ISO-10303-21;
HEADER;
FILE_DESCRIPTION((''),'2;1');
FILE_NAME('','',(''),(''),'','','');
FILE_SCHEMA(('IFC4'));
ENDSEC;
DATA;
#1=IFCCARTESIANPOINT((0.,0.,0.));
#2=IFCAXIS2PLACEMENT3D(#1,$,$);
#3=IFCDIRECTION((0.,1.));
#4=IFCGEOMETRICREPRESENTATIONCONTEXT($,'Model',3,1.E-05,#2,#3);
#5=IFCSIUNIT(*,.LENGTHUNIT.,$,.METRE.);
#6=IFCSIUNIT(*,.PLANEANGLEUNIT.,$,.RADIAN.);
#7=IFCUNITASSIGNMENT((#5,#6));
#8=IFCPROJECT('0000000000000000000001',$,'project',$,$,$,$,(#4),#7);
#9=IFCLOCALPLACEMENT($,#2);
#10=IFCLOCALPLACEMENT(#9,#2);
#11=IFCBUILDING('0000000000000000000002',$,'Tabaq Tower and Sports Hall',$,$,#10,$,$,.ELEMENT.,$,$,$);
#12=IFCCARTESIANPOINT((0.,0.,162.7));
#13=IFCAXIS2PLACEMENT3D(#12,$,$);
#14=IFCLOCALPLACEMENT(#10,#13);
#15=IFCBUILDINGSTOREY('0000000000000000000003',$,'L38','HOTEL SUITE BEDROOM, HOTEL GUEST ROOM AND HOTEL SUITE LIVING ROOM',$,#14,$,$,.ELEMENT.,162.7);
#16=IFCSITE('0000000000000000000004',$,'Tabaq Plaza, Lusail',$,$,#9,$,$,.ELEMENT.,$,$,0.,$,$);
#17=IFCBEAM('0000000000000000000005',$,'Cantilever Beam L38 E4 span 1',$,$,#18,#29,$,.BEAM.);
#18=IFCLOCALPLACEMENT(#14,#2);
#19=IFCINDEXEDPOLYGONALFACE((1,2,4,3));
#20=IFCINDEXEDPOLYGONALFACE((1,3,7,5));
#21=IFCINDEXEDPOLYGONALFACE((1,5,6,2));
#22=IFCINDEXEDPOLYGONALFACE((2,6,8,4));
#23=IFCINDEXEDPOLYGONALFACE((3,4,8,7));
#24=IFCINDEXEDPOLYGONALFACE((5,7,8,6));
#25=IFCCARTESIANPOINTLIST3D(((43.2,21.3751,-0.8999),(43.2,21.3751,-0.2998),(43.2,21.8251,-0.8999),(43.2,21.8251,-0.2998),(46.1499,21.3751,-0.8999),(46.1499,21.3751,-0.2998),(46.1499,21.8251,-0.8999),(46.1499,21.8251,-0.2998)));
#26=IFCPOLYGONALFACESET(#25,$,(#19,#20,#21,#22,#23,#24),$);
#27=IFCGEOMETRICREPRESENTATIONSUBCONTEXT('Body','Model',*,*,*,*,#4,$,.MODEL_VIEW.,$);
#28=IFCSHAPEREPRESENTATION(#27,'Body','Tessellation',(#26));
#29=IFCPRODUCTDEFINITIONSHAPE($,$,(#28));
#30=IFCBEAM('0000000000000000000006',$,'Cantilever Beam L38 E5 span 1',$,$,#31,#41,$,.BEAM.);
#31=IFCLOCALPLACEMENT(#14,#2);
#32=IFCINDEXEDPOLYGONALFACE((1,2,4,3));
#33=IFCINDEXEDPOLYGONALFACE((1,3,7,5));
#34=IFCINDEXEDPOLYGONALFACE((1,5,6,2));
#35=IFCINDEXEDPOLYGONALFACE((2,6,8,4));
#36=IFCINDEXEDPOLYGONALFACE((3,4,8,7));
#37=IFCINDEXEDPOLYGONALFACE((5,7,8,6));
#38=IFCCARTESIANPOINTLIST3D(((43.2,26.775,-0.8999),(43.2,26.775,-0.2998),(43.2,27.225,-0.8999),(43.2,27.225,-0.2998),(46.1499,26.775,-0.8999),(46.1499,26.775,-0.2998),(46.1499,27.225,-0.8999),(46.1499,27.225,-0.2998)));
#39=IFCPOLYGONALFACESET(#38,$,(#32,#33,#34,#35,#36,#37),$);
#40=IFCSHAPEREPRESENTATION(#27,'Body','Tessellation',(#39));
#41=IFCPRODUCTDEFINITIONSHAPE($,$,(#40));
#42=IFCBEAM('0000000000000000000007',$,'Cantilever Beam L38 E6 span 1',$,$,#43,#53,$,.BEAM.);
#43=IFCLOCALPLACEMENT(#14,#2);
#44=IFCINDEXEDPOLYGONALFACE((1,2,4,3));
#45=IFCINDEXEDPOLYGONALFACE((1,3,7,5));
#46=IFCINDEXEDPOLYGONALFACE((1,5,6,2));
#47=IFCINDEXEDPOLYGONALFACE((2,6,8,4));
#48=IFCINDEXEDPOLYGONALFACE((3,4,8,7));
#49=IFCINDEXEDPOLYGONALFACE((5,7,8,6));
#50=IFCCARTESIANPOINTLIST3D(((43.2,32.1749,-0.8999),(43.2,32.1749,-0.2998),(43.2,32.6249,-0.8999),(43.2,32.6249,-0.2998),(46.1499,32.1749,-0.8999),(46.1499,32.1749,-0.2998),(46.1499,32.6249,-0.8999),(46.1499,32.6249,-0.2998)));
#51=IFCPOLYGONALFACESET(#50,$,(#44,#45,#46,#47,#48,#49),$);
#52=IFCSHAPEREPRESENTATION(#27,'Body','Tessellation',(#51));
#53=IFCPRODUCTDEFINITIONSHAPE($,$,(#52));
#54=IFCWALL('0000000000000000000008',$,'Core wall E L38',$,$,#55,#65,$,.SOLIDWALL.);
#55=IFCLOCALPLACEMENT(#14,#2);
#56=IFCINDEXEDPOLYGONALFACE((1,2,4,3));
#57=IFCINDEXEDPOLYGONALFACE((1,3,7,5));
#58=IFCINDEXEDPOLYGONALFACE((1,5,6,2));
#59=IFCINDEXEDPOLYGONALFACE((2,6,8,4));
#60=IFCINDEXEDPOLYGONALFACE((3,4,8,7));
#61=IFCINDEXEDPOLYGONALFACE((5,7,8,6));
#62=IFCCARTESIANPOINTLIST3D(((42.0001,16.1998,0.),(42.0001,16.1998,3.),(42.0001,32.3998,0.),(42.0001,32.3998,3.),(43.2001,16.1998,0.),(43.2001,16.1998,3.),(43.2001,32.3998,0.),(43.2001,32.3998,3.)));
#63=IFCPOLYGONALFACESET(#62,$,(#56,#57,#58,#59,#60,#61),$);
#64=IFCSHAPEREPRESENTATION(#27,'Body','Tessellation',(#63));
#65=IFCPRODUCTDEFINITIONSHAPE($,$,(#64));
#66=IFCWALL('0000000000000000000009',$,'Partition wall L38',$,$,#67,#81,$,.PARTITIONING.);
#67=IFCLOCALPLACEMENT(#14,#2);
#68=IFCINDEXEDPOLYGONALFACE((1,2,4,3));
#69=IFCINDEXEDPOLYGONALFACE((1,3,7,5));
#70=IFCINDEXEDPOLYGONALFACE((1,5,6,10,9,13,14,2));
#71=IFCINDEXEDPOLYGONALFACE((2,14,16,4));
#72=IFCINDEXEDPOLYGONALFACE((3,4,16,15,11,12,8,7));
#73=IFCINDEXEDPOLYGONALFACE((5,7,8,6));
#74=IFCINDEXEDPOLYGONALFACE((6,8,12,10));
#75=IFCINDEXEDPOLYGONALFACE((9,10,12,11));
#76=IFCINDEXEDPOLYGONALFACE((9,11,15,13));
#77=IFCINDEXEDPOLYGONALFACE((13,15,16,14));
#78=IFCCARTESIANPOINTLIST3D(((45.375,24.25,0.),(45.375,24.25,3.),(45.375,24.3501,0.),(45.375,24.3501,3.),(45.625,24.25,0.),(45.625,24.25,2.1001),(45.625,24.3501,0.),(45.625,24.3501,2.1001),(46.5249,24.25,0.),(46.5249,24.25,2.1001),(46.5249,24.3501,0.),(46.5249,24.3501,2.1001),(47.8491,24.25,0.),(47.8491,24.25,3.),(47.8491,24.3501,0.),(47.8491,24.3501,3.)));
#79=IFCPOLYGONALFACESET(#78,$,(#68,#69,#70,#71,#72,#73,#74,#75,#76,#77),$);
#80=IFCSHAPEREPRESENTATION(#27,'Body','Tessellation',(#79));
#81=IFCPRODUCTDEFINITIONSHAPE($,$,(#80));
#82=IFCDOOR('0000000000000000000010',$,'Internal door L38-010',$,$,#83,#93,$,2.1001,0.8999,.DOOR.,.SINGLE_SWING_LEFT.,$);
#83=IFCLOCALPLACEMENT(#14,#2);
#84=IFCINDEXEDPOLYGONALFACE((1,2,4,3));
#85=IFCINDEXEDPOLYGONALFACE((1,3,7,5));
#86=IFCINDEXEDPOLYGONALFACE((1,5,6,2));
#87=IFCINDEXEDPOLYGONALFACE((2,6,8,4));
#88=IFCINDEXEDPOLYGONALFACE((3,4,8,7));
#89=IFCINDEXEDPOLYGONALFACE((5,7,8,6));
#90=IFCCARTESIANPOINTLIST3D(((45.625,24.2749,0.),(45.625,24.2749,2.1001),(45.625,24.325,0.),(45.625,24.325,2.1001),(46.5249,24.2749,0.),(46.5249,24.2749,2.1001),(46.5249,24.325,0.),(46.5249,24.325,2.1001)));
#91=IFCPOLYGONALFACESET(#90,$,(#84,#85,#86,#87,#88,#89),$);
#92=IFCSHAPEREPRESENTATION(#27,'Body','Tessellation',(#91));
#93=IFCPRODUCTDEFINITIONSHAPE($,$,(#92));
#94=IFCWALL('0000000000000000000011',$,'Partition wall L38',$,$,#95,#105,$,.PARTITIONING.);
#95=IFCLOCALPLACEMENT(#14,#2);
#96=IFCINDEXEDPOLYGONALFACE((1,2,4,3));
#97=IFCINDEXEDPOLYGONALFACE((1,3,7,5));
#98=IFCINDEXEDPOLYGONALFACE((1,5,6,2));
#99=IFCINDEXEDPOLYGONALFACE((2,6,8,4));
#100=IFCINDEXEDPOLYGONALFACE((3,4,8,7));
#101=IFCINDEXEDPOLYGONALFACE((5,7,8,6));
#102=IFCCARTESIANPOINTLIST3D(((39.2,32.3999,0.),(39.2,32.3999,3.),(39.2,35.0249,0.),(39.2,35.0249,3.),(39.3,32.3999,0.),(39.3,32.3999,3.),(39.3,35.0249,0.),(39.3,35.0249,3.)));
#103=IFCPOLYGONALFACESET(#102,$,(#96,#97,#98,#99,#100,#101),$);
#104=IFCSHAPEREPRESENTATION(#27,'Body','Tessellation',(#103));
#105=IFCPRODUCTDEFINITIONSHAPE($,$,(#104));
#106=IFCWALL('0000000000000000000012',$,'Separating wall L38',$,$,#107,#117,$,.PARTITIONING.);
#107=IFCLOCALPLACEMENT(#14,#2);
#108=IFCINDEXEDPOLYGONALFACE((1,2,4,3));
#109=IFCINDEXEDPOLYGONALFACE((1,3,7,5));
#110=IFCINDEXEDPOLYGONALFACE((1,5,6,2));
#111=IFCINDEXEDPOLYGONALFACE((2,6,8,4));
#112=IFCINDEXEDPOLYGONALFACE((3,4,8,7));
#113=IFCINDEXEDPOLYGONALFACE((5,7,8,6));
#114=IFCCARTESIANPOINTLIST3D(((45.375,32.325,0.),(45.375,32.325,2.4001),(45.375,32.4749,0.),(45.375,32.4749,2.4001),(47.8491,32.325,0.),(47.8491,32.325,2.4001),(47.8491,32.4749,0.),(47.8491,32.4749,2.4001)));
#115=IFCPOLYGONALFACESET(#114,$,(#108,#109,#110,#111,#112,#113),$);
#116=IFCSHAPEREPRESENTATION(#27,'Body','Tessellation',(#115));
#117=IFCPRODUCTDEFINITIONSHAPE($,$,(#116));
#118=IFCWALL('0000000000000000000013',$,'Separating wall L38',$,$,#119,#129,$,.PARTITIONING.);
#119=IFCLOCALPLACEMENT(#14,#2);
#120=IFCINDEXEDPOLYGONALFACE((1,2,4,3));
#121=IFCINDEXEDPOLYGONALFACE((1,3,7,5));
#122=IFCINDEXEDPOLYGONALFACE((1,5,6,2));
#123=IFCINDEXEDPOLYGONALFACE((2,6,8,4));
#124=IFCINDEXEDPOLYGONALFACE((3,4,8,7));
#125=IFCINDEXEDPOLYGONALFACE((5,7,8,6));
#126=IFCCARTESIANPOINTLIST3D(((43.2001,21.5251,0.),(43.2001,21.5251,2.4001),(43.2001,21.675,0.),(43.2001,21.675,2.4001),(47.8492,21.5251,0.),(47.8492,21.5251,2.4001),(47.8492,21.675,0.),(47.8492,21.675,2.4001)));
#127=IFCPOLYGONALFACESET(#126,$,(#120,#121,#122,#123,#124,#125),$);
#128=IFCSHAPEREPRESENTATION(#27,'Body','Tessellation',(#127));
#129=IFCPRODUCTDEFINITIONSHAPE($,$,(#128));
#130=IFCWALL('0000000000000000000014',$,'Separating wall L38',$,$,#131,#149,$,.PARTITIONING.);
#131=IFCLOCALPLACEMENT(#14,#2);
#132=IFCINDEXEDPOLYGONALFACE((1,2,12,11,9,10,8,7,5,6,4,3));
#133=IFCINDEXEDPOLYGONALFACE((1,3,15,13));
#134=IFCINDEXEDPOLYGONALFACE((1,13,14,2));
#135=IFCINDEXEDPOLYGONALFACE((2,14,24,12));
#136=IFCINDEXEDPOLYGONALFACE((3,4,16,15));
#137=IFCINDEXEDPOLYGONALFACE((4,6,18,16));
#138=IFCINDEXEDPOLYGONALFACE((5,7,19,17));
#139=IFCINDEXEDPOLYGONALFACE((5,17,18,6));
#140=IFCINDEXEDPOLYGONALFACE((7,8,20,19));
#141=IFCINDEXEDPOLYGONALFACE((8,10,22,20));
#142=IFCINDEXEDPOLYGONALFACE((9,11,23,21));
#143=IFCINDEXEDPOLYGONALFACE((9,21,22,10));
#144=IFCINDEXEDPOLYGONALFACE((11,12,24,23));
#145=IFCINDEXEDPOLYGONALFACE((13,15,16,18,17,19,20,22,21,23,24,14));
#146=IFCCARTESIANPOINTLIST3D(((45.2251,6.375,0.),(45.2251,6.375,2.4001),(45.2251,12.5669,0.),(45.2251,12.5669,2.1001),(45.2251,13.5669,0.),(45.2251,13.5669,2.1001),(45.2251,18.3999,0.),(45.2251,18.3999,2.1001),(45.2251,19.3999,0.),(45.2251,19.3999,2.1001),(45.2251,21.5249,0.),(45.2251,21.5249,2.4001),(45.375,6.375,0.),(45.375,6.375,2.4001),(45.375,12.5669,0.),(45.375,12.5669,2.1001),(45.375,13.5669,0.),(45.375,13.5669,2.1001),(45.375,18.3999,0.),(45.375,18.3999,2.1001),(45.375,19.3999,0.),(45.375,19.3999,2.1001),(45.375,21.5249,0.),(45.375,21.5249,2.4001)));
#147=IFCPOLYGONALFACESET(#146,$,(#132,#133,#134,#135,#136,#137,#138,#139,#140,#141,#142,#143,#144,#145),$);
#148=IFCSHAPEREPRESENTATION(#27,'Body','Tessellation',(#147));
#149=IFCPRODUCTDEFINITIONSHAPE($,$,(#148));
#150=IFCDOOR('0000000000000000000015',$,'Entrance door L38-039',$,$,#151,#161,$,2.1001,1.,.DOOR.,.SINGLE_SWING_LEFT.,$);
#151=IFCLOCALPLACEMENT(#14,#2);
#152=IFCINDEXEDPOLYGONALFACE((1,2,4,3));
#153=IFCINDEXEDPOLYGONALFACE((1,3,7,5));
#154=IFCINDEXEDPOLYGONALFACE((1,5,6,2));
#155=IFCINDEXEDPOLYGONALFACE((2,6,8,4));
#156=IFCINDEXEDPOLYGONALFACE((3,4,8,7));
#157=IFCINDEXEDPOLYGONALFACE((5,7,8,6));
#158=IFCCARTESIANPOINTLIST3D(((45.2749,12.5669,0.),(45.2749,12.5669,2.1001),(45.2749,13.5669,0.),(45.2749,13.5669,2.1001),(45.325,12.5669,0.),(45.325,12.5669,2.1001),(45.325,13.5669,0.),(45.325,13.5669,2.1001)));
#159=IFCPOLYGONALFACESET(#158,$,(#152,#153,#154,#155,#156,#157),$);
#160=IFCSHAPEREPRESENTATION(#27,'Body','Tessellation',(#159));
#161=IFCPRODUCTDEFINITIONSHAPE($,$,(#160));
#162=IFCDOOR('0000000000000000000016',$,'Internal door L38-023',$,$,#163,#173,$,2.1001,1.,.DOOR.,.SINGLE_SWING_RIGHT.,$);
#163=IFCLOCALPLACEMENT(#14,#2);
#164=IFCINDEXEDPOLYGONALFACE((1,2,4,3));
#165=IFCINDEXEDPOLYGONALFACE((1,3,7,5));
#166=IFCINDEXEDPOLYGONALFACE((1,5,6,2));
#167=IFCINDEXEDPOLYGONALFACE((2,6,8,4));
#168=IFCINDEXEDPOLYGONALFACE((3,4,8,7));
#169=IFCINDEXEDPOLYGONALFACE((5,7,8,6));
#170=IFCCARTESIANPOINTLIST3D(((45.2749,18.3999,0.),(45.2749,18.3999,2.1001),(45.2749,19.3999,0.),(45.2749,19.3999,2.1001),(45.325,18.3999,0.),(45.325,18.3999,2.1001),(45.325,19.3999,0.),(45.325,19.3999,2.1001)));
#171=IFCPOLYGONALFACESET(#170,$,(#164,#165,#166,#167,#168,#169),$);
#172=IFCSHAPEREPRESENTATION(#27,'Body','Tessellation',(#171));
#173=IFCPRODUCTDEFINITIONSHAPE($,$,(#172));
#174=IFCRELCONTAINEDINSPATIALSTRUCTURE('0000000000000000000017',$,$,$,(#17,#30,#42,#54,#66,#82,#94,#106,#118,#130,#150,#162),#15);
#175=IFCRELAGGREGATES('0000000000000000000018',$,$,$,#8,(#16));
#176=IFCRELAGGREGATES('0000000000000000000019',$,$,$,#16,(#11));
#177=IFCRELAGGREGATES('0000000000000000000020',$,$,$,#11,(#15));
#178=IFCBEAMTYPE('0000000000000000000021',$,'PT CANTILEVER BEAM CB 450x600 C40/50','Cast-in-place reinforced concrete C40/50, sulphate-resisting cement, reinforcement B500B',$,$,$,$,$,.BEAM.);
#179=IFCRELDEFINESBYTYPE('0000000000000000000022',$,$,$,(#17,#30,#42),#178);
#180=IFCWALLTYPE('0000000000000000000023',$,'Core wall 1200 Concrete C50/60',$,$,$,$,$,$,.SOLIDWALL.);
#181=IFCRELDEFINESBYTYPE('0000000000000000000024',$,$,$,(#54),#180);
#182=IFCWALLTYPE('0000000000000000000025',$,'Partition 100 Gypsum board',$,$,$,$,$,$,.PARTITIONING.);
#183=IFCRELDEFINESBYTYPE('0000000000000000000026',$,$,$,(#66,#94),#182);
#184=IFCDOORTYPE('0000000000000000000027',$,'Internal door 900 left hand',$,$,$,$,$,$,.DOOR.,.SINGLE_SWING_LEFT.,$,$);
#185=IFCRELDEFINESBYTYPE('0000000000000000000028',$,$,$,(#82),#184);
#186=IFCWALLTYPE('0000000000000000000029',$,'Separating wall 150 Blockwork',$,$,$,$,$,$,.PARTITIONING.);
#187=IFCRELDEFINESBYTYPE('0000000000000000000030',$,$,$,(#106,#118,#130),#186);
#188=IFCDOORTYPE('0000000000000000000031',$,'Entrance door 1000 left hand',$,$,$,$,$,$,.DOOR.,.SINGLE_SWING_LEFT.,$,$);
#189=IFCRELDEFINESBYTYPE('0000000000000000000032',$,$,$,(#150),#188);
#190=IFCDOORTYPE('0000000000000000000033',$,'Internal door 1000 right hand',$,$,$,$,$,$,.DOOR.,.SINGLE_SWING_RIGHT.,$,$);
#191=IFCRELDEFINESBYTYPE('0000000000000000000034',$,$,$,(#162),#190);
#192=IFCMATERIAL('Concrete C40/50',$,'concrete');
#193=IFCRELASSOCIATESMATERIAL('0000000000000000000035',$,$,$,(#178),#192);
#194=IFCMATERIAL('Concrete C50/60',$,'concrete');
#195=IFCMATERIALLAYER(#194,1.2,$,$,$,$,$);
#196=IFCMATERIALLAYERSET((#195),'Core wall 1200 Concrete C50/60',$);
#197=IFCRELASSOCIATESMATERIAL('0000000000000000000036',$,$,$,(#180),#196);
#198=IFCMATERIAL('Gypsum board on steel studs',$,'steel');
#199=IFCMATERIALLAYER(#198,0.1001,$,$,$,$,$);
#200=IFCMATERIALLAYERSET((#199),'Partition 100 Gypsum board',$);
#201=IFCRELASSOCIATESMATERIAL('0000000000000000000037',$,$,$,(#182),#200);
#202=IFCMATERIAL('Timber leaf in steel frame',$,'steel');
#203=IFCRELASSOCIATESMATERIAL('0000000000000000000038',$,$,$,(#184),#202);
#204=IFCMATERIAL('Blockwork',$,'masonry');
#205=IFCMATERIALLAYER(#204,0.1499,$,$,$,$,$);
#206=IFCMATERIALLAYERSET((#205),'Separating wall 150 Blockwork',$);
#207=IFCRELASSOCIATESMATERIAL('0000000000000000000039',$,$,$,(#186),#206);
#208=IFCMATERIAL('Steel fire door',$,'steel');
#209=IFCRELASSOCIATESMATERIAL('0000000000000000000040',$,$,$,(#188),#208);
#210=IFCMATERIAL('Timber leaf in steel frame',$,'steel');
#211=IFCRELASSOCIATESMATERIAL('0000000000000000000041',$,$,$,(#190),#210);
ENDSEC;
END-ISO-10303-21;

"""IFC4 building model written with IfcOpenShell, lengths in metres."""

from ifc_helpers import new_model, si_unit, direction, frame, frame_2d, origin, origin_2d, place, context, subcontext, project, spatial, rectangle, extrude, material, layer, layer_set, material_profile, profile_set, type_object, element, fill, save


model = new_model("IFC4")

# Units and contexts
model_context = context("Model", 3, precision=1e-05, world=origin(), true_north=direction((0.0, 1.0)))
body_context = subcontext(model_context, "Body", "Model", "MODEL_VIEW")
ifc_project = project(units=[si_unit("LENGTHUNIT", "METRE"), si_unit("PLANEANGLEUNIT", "RADIAN")], contexts=[model_context])

# Site, building, storey
site_placement = place(None, origin())
site = spatial("IfcSite", under=ifc_project, at=site_placement, Name="Tabaq Plaza, Lusail", CompositionType="ELEMENT", RefElevation=0.0)
building_placement = place(site_placement, origin())
building = spatial("IfcBuilding", under=site, at=building_placement, Name="Tabaq Tower and Sports Hall", CompositionType="ELEMENT")
storey_placement = place(building_placement, frame((0.0, 0.0, 162.7)))
storey = spatial("IfcBuildingStorey", under=building, at=storey_placement, Name="L38", Description="HOTEL SUITE BEDROOM, HOTEL GUEST ROOM AND HOTEL SUITE LIVING ROOM", CompositionType="ELEMENT", Elevation=162.7)

# Beams
ifc_material_1 = material(Name="Concrete C40/50", Category="concrete")
ifc_material_profile = material_profile(ifc_material_1, rectangle(XDim=0.45, YDim=0.6001, at=origin_2d()), Name="CB 450x600")
ifc_profile_set = profile_set([ifc_material_profile], Name="Concrete C40/50")
beam_type = type_object("IfcBeamType", Name="PT CANTILEVER BEAM CB 450x600 C40/50", Description="Cast-in-place reinforced concrete C40/50, sulphate-resisting cement, reinforcement B500B", PredefinedType="BEAM", material=ifc_profile_set)
for number, where, z_axis, x_axis, name in (
    (1, (46.1499, 21.6001, -0.5999), (-1.0, 0.0, 0.0), (0.0, -1.0, 0.0), "Cantilever Beam L38 E4 span 1"),
    (2, (46.1499, 27.0, -0.5999), (-1.0, 0.0, 0.0), (0.0, -1.0, 0.0), "Cantilever Beam L38 E5 span 1"),
    (3, (46.1499, 32.3999, -0.5999), (-1.0, 0.0, 0.0), (0.0, -1.0, 0.0), "Cantilever Beam L38 E6 span 1"),
):
    element("IfcBeam", number, at=place(storey_placement, frame(where, z_axis=z_axis, x_axis=x_axis)), inside=storey, type_object=beam_type, Name=name, PredefinedType="BEAM", context=body_context, shape_type="SweptSolid", body=[
        extrude(rectangle(XDim=0.45, YDim=0.6001, at=origin_2d()), origin(), (0.0, 0.0, 1.0), 2.95),
    ])

# Wall
ifc_material_2 = material(Name="Concrete C50/60", Category="concrete")
ifc_layer_1 = layer(ifc_material_2, 1.2)
ifc_layer_set_1 = layer_set([ifc_layer_1], Name="Core wall 1200 Concrete C50/60")
wall_type_1 = type_object("IfcWallType", Name="Core wall 1200 Concrete C50/60", PredefinedType="SOLIDWALL", material=ifc_layer_set_1)
wall_1_placement = place(storey_placement, frame((42.6001, 32.3999, 0.0), z_axis=(0.0, 0.0, 1.0), x_axis=(0.0, -1.0, 0.0)))
element("IfcWall", 4, at=wall_1_placement, inside=storey, type_object=wall_type_1, Name="Core wall E L38", PredefinedType="SOLIDWALL", context=body_context, shape_type="SweptSolid", body=[
    extrude(rectangle(XDim=16.2, YDim=1.2, at=frame_2d((8.1001, 0.0))), origin(), (0.0, 0.0, 1.0), 3.0),
])

# Wall, opening, door
ifc_material_3 = material(Name="Gypsum board on steel studs", Category="steel")
ifc_layer_2 = layer(ifc_material_3, 0.1001)
ifc_layer_set_2 = layer_set([ifc_layer_2], Name="Partition 100 Gypsum board")
wall_type_2 = type_object("IfcWallType", Name="Partition 100 Gypsum board", PredefinedType="PARTITIONING", material=ifc_layer_set_2)
wall_2_placement = place(storey_placement, frame((45.375, 24.3, 0.0), z_axis=(0.0, 0.0, 1.0), x_axis=(1.0, 0.0, 0.0)))
wall_2 = element("IfcWall", 5, at=wall_2_placement, inside=storey, type_object=wall_type_2, Name="Partition wall L38", PredefinedType="PARTITIONING", context=body_context, shape_type="SweptSolid", body=[
    extrude(rectangle(XDim=2.4741, YDim=0.1001, at=frame_2d((1.2371, 0.0))), origin(), (0.0, 0.0, 1.0), 3.0),
])
opening_1_placement = place(wall_2_placement, frame((0.25, 0.0, 0.0)))
opening_1 = element("IfcOpeningElement", 6, at=opening_1_placement, cuts=wall_2, PredefinedType="OPENING", context=body_context, shape_type="SweptSolid", body=[
    extrude(rectangle(XDim=0.8999, YDim=2.1001, at=frame_2d((0.45, 1.05))), frame((0.0, 0.05, 0.0), z_axis=(0.0, -1.0, 0.0), x_axis=(1.0, 0.0, 0.0)), (0.0, 0.0, 1.0), 0.1001),
])
ifc_material_4 = material(Name="Timber leaf in steel frame", Category="steel")
door_type_1 = type_object("IfcDoorType", Name="Internal door 900 left hand", OperationType="SINGLE_SWING_LEFT", PredefinedType="DOOR", material=ifc_material_4)
door_1_placement = place(opening_1_placement, origin())
door_1 = element("IfcDoor", 7, at=door_1_placement, inside=storey, type_object=door_type_1, Name="Internal door L38-010", OperationType="SINGLE_SWING_LEFT", OverallHeight=2.1001, OverallWidth=0.8999, PredefinedType="DOOR", context=body_context, shape_type="SweptSolid", body=[
    extrude(rectangle(XDim=0.8999, YDim=2.1001, at=frame_2d((0.45, 1.05))), frame((0.0, 0.0249, 0.0), z_axis=(0.0, -1.0, 0.0), x_axis=(1.0, 0.0, 0.0)), (0.0, 0.0, 1.0), 0.05),
])
fill(opening_1, door_1)

# Walls
wall_3_placement = place(storey_placement, frame((39.25, 32.3999, 0.0), z_axis=(0.0, 0.0, 1.0), x_axis=(0.0, 1.0, 0.0)))
element("IfcWall", 8, at=wall_3_placement, inside=storey, type_object=wall_type_2, Name="Partition wall L38", PredefinedType="PARTITIONING", context=body_context, shape_type="SweptSolid", body=[
    extrude(rectangle(XDim=2.625, YDim=0.1001, at=frame_2d((1.3125, 0.0))), origin(), (0.0, 0.0, 1.0), 3.0),
])
ifc_material_5 = material(Name="Blockwork", Category="masonry")
ifc_layer_3 = layer(ifc_material_5, 0.1499)
ifc_layer_set_3 = layer_set([ifc_layer_3], Name="Separating wall 150 Blockwork")
wall_type_3 = type_object("IfcWallType", Name="Separating wall 150 Blockwork", PredefinedType="PARTITIONING", material=ifc_layer_set_3)
wall_4_placement = place(storey_placement, frame((45.375, 32.3999, 0.0), z_axis=(0.0, 0.0, 1.0), x_axis=(1.0, 0.0, 0.0)))
element("IfcWall", 9, at=wall_4_placement, inside=storey, type_object=wall_type_3, Name="Separating wall L38", PredefinedType="PARTITIONING", context=body_context, shape_type="SweptSolid", body=[
    extrude(rectangle(XDim=2.4741, YDim=0.1499, at=frame_2d((1.2371, 0.0))), origin(), (0.0, 0.0, 1.0), 2.4001),
])
wall_5_placement = place(storey_placement, frame((43.2, 21.6001, 0.0), z_axis=(0.0, 0.0, 1.0), x_axis=(1.0, 0.0, 0.0)))
element("IfcWall", 10, at=wall_5_placement, inside=storey, type_object=wall_type_3, Name="Separating wall L38", PredefinedType="PARTITIONING", context=body_context, shape_type="SweptSolid", body=[
    extrude(rectangle(XDim=4.6492, YDim=0.1499, at=frame_2d((2.3247, 0.0))), origin(), (0.0, 0.0, 1.0), 2.4001),
])

# Wall, openings, doors
wall_6_placement = place(storey_placement, frame((45.3, 21.5249, 0.0), z_axis=(0.0, 0.0, 1.0), x_axis=(0.0, -1.0, 0.0)))
wall_6 = element("IfcWall", 11, at=wall_6_placement, inside=storey, type_object=wall_type_3, Name="Separating wall L38", PredefinedType="PARTITIONING", context=body_context, shape_type="SweptSolid", body=[
    extrude(rectangle(XDim=15.1499, YDim=0.1499, at=frame_2d((7.575, 0.0))), origin(), (0.0, 0.0, 1.0), 2.4001),
])
opening_2_placement = place(wall_6_placement, frame((2.125, 0.0, 0.0)))
opening_2 = element("IfcOpeningElement", 12, at=opening_2_placement, cuts=wall_6, PredefinedType="OPENING", context=body_context, shape_type="SweptSolid", body=[
    extrude(rectangle(XDim=1.0, YDim=2.1001, at=frame_2d((0.5, 1.05))), frame((0.0, 0.075, 0.0), z_axis=(0.0, -1.0, 0.0), x_axis=(1.0, 0.0, 0.0)), (0.0, 0.0, 1.0), 0.1499),
])
opening_3_placement = place(wall_6_placement, frame((7.958, 0.0, 0.0)))
opening_3 = element("IfcOpeningElement", 13, at=opening_3_placement, cuts=wall_6, PredefinedType="OPENING", context=body_context, shape_type="SweptSolid", body=[
    extrude(rectangle(XDim=1.0, YDim=2.1001, at=frame_2d((0.5, 1.05))), frame((0.0, 0.075, 0.0), z_axis=(0.0, -1.0, 0.0), x_axis=(1.0, 0.0, 0.0)), (0.0, 0.0, 1.0), 0.1499),
])
ifc_material_6 = material(Name="Steel fire door", Category="steel")
door_type_2 = type_object("IfcDoorType", Name="Entrance door 1000 left hand", OperationType="SINGLE_SWING_LEFT", PredefinedType="DOOR", material=ifc_material_6)
door_2_placement = place(opening_3_placement, origin())
door_2 = element("IfcDoor", 14, at=door_2_placement, inside=storey, type_object=door_type_2, Name="Entrance door L38-039", OperationType="SINGLE_SWING_LEFT", OverallHeight=2.1001, OverallWidth=1.0, PredefinedType="DOOR", context=body_context, shape_type="SweptSolid", body=[
    extrude(rectangle(XDim=1.0, YDim=2.1001, at=frame_2d((0.5, 1.05))), frame((0.0, 0.0249, 0.0), z_axis=(0.0, -1.0, 0.0), x_axis=(1.0, 0.0, 0.0)), (0.0, 0.0, 1.0), 0.05),
])
fill(opening_3, door_2)
ifc_material_7 = material(Name="Timber leaf in steel frame", Category="steel")
door_type_3 = type_object("IfcDoorType", Name="Internal door 1000 right hand", OperationType="SINGLE_SWING_RIGHT", PredefinedType="DOOR", material=ifc_material_7)
door_3_placement = place(opening_2_placement, origin())
door_3 = element("IfcDoor", 15, at=door_3_placement, inside=storey, type_object=door_type_3, Name="Internal door L38-023", OperationType="SINGLE_SWING_RIGHT", OverallHeight=2.1001, OverallWidth=1.0, PredefinedType="DOOR", context=body_context, shape_type="SweptSolid", body=[
    extrude(rectangle(XDim=1.0, YDim=2.1001, at=frame_2d((0.5, 1.05))), frame((0.0, 0.0249, 0.0), z_axis=(0.0, -1.0, 0.0), x_axis=(1.0, 0.0, 0.0)), (0.0, 0.0, 1.0), 0.05),
])
fill(opening_2, door_3)

save(model, "model.ifc")
